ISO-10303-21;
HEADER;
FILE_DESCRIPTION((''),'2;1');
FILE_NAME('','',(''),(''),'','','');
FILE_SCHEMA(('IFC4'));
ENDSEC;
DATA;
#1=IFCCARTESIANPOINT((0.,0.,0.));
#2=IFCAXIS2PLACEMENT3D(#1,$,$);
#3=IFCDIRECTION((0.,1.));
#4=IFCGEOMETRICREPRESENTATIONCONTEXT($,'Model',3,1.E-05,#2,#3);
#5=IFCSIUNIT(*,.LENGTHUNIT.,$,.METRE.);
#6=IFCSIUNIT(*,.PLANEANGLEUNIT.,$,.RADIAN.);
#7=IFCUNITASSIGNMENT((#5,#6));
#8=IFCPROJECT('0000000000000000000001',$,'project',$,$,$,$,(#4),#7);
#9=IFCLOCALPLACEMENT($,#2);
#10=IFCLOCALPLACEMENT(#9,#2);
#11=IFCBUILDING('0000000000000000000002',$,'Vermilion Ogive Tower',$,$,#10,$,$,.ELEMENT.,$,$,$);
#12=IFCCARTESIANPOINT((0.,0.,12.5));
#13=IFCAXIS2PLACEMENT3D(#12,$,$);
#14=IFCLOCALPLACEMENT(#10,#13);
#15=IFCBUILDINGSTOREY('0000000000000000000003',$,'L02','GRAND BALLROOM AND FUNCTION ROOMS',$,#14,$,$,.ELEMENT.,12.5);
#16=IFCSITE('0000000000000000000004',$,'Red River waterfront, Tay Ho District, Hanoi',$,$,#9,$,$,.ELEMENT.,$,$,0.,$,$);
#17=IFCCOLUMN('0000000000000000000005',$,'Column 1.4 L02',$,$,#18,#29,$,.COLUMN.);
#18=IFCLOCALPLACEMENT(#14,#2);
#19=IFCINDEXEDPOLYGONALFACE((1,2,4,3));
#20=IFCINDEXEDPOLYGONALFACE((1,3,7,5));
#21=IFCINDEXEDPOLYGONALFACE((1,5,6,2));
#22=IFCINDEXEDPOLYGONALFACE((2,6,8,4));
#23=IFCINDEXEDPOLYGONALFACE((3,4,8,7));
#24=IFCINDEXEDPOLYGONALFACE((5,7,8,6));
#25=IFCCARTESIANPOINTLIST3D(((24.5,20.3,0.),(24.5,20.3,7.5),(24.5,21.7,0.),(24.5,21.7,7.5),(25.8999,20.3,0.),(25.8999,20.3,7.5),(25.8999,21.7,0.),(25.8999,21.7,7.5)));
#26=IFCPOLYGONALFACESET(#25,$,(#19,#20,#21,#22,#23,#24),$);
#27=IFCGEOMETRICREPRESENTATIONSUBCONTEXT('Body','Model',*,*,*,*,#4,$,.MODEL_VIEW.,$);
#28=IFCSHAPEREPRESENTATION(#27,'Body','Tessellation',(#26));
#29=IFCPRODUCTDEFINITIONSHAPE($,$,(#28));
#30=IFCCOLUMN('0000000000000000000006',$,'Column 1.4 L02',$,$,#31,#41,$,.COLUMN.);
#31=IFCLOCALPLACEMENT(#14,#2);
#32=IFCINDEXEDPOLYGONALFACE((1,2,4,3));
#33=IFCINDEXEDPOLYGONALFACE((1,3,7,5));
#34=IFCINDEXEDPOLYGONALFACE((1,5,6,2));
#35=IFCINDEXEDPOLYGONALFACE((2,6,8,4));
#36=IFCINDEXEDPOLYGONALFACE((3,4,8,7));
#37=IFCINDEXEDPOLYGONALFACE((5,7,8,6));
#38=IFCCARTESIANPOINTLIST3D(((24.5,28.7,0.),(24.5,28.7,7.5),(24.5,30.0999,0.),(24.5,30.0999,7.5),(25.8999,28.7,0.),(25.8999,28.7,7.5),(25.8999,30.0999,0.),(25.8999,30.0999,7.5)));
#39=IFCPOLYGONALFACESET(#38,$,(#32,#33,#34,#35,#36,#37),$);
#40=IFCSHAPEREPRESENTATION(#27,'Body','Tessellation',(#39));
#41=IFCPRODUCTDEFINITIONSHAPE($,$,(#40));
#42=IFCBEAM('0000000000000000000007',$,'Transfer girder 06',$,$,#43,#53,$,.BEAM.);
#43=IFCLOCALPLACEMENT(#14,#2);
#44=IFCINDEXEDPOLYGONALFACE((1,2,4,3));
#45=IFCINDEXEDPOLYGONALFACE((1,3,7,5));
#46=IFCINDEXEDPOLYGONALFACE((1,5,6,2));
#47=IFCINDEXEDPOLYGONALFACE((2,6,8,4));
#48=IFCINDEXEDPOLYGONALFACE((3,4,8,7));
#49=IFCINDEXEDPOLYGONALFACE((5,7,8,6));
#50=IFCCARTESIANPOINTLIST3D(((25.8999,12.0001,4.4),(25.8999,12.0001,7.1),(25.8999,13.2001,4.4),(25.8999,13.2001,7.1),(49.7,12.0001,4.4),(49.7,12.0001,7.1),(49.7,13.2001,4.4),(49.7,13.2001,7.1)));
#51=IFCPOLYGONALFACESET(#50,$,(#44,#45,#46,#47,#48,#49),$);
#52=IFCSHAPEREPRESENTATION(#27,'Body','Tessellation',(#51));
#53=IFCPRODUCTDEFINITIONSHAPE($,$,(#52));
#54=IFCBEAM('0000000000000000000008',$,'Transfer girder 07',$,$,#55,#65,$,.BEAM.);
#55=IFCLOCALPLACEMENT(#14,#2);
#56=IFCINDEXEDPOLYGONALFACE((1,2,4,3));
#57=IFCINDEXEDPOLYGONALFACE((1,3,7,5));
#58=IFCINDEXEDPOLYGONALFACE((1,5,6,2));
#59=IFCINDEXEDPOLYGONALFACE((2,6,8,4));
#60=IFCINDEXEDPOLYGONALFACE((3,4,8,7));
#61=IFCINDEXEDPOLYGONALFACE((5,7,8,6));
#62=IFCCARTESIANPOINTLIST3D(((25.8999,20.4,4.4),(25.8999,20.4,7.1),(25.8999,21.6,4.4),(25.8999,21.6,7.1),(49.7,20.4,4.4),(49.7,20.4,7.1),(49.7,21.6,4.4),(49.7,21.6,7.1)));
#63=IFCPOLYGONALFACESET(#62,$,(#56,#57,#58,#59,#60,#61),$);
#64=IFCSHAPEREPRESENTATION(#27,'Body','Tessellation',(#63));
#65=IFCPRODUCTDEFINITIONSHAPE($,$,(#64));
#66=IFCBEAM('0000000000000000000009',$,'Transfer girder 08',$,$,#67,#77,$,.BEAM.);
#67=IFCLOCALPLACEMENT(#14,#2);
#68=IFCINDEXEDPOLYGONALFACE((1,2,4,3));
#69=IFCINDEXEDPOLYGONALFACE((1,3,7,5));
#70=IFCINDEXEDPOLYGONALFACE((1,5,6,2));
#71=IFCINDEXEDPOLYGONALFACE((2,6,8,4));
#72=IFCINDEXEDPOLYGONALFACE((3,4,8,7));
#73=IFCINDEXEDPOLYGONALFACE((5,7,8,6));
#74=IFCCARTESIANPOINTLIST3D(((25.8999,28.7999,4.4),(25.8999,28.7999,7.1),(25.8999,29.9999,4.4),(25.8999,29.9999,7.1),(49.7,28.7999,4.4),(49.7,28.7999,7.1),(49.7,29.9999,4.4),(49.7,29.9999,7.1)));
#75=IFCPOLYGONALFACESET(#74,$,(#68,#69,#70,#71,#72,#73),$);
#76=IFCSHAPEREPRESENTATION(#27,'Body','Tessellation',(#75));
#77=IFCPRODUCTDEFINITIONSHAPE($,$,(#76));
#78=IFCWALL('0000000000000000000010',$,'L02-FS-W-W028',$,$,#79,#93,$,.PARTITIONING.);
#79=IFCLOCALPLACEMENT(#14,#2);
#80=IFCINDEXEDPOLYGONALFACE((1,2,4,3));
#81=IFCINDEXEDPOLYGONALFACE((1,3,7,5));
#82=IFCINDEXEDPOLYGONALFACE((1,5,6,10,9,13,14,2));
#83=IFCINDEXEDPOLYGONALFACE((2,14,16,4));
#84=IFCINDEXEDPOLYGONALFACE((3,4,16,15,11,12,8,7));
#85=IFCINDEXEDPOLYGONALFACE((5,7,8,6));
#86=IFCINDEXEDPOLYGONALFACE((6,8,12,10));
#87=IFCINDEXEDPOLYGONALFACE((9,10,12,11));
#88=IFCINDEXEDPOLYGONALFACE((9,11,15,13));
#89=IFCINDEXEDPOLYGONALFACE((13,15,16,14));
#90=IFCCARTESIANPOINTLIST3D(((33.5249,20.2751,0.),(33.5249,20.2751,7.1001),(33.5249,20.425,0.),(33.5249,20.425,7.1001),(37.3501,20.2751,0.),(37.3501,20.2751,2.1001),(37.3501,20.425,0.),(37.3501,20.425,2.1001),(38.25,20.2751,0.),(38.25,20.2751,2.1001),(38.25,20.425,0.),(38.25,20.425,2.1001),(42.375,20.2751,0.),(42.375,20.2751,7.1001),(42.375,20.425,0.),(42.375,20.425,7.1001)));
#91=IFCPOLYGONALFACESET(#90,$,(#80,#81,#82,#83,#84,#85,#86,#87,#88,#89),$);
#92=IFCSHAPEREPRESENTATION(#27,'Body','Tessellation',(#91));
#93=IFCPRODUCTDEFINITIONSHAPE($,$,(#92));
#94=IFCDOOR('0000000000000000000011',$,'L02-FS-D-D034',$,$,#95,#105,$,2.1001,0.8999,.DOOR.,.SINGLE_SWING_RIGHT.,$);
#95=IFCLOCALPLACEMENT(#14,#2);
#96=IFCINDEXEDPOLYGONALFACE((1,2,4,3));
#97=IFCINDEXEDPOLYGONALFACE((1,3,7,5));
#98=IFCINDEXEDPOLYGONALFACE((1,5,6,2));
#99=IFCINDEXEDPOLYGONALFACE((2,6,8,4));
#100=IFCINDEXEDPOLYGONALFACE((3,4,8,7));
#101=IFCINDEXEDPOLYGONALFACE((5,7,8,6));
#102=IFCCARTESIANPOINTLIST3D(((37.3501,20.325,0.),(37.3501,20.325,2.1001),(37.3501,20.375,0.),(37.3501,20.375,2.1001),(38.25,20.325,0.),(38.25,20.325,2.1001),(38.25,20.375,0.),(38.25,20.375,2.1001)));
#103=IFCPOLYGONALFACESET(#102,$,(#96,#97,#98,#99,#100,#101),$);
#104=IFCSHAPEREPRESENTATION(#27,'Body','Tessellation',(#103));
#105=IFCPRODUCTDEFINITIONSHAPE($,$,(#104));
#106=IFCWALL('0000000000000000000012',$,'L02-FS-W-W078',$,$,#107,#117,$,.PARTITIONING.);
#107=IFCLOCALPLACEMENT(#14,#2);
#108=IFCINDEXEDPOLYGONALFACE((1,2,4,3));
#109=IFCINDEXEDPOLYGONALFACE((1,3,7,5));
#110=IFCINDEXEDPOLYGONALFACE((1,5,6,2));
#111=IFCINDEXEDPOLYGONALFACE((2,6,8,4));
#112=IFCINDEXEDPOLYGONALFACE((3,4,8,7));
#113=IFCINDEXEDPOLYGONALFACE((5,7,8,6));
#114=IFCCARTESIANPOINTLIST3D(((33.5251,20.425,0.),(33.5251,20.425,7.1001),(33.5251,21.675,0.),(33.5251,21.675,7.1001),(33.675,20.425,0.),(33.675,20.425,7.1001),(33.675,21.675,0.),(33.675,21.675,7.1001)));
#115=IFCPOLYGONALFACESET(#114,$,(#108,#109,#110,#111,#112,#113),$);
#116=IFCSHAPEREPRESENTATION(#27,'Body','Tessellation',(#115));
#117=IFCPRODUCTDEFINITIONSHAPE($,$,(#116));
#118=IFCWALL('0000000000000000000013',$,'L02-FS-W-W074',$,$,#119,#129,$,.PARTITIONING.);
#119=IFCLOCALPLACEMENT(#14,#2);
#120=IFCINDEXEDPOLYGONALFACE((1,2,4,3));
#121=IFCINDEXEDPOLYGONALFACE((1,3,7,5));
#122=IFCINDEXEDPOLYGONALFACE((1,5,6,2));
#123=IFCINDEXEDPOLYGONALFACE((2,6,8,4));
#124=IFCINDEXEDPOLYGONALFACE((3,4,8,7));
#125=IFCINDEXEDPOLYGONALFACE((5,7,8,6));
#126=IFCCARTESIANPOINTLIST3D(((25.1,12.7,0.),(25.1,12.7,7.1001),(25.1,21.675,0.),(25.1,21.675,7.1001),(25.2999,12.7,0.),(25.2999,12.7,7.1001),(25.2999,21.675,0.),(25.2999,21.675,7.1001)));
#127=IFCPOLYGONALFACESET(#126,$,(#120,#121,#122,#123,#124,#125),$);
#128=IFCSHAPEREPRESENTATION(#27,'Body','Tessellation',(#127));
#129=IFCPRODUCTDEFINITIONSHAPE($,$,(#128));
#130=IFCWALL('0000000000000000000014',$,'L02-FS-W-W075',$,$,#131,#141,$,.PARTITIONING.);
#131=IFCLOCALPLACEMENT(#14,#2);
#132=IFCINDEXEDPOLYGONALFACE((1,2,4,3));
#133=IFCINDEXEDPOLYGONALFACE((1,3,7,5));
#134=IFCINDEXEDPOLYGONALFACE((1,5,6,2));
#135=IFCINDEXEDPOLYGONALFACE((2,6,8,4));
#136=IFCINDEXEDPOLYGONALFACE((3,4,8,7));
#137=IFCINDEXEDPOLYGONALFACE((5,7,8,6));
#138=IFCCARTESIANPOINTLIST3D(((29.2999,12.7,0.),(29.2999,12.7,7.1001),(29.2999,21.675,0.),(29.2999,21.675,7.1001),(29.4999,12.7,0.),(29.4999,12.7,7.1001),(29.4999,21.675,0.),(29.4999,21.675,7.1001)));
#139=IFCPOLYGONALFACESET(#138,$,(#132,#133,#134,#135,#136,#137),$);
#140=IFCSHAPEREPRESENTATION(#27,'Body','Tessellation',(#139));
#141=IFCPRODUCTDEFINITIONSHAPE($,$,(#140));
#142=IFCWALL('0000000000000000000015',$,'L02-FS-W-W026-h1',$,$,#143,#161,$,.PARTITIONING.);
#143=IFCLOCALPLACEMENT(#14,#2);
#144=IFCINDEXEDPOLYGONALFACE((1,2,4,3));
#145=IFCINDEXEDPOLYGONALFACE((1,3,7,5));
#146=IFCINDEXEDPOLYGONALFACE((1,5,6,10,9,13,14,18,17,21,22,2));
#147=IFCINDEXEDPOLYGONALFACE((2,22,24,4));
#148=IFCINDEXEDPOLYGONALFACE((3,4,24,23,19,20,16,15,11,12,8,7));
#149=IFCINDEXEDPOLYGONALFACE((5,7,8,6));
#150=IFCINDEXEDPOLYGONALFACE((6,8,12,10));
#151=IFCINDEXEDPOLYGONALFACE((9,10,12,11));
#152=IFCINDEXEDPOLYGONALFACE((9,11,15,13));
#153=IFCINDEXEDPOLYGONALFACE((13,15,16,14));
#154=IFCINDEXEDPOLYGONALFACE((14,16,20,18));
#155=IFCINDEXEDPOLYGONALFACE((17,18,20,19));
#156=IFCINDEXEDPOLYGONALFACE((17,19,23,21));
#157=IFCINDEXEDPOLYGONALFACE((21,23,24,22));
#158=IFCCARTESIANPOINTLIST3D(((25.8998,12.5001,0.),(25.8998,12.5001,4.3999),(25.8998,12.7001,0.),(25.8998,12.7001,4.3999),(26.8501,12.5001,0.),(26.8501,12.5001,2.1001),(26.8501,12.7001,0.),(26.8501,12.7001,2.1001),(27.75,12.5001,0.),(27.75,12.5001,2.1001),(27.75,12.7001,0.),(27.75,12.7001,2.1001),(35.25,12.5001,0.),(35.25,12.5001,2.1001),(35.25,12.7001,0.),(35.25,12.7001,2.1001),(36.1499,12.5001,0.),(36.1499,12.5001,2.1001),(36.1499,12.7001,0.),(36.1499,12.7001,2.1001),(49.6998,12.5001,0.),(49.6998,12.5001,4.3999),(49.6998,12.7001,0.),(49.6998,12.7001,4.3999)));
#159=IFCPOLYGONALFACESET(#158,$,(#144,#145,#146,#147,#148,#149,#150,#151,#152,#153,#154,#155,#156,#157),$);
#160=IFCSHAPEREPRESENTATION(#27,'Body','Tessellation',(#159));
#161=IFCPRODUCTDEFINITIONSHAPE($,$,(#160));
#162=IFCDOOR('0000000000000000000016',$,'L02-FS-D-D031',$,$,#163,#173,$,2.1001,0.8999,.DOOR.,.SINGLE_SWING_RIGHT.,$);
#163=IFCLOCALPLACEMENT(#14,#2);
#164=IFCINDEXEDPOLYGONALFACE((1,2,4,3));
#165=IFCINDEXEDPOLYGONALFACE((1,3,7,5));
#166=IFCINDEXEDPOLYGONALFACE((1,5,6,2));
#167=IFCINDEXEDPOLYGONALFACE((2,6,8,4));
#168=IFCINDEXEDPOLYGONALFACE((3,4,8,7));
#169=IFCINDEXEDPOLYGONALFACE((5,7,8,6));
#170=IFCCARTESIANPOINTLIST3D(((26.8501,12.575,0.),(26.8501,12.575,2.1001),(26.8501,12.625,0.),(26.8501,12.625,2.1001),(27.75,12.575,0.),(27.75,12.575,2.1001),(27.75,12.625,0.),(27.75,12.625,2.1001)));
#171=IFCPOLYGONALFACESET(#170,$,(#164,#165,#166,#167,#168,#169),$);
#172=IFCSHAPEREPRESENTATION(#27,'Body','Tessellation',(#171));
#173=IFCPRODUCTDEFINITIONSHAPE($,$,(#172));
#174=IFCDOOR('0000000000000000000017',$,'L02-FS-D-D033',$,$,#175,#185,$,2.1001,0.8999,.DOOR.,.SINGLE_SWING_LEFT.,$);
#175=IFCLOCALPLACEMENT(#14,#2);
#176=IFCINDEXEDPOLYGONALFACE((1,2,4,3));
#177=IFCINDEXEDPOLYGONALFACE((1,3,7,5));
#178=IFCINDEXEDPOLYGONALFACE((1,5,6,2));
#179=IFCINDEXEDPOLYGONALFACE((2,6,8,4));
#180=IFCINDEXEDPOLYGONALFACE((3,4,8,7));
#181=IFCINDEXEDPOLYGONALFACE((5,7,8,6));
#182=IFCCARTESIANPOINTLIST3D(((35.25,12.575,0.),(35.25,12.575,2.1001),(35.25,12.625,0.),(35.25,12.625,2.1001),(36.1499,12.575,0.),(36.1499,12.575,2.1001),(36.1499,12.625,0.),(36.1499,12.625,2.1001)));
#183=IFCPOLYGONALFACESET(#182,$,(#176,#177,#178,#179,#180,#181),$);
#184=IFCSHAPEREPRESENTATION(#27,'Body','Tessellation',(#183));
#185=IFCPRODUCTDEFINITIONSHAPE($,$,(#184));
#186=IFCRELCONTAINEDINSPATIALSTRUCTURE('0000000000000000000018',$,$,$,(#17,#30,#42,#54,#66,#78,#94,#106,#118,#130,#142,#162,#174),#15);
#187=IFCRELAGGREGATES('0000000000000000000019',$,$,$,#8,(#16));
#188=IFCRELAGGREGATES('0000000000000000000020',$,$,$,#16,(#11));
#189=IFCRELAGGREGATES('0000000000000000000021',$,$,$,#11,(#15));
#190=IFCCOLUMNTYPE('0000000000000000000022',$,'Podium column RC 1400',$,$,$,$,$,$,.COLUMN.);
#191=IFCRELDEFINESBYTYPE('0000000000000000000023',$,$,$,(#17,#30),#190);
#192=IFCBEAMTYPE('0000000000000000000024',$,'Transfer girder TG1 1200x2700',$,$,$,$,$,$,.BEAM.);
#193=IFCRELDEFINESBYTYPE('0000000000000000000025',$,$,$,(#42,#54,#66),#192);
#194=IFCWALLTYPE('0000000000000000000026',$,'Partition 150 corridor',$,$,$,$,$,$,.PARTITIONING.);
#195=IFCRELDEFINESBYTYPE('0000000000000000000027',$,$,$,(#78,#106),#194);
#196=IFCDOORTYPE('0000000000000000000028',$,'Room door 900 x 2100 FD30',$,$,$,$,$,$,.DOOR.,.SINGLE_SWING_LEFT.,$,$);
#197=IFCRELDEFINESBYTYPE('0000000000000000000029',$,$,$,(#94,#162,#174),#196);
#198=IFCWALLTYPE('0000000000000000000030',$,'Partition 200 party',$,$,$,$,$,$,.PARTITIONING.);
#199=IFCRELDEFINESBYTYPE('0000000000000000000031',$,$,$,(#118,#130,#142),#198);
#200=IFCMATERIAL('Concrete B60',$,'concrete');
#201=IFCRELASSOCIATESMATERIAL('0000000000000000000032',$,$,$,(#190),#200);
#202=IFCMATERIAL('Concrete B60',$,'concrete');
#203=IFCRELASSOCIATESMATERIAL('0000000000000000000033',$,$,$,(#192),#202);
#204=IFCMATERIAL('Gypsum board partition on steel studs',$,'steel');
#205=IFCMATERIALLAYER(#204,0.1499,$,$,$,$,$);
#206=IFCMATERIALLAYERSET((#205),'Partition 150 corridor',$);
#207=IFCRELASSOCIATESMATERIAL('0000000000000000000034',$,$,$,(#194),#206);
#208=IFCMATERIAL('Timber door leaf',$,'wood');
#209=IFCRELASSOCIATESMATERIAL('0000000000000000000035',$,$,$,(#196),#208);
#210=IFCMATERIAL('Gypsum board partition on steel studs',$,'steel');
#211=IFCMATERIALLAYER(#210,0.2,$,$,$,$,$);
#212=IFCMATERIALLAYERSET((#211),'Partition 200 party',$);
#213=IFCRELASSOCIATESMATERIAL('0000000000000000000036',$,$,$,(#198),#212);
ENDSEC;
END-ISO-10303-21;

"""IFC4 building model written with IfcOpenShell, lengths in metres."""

from ifc_helpers import new_model, si_unit, direction, frame, frame_2d, origin, origin_2d, place, context, subcontext, project, spatial, rectangle, extrude, material, layer, layer_set, material_profile, profile_set, type_object, element, fill, save


model = new_model("IFC4")

# Units and contexts
model_context = context("Model", 3, precision=1e-05, world=origin(), true_north=direction((0.0, 1.0)))
body_context = subcontext(model_context, "Body", "Model", "MODEL_VIEW")
ifc_project = project(units=[si_unit("LENGTHUNIT", "METRE"), si_unit("PLANEANGLEUNIT", "RADIAN")], contexts=[model_context])

# Site, building, storey
site_placement = place(None, origin())
site = spatial("IfcSite", under=ifc_project, at=site_placement, Name="Red River waterfront, Tay Ho District, Hanoi", CompositionType="ELEMENT", RefElevation=0.0)
building_placement = place(site_placement, origin())
building = spatial("IfcBuilding", under=site, at=building_placement, Name="Vermilion Ogive Tower", CompositionType="ELEMENT")
storey_placement = place(building_placement, frame((0.0, 0.0, 12.5)))
storey = spatial("IfcBuildingStorey", under=building, at=storey_placement, Name="L02", Description="GRAND BALLROOM AND FUNCTION ROOMS", CompositionType="ELEMENT", Elevation=12.5)

# Columns
ifc_material_1 = material(Name="Concrete B60", Category="concrete")
ifc_material_profile_1 = material_profile(ifc_material_1, rectangle(XDim=1.3999, YDim=1.3999, at=origin_2d()), Name="RC 1400x1400")
ifc_profile_set_1 = profile_set([ifc_material_profile_1], Name="Concrete B60")
column_type = type_object("IfcColumnType", Name="Podium column RC 1400", PredefinedType="COLUMN", material=ifc_profile_set_1)
for number, where, z_axis, x_axis, name in (
    (1, (25.2, 21.0, 0.0), (0.0, 0.0, 1.0), (1.0, 0.0, 0.0), "Column 1.4 L02"),
    (2, (25.2, 29.3999, 0.0), (0.0, 0.0, 1.0), (1.0, 0.0, 0.0), "Column 1.4 L02"),
):
    element("IfcColumn", number, at=place(storey_placement, frame(where, z_axis=z_axis, x_axis=x_axis)), inside=storey, type_object=column_type, Name=name, PredefinedType="COLUMN", context=body_context, shape_type="SweptSolid", body=[
        extrude(rectangle(XDim=1.3999, YDim=1.3999, at=origin_2d()), origin(), (0.0, 0.0, 1.0), 7.5),
    ])

# Beams
ifc_material_2 = material(Name="Concrete B60", Category="concrete")
ifc_material_profile_2 = material_profile(ifc_material_2, rectangle(XDim=1.2, YDim=2.7, at=origin_2d()), Name="RC 1200x2700")
ifc_profile_set_2 = profile_set([ifc_material_profile_2], Name="Concrete B60")
beam_type = type_object("IfcBeamType", Name="Transfer girder TG1 1200x2700", PredefinedType="BEAM", material=ifc_profile_set_2)
for number, where, z_axis, x_axis, name in (
    (3, (25.8999, 12.6001, 5.75), (1.0, 0.0, 0.0), (0.0, 1.0, 0.0), "Transfer girder 06"),
    (4, (25.8999, 21.0, 5.75), (1.0, 0.0, 0.0), (0.0, 1.0, 0.0), "Transfer girder 07"),
    (5, (25.8999, 29.3999, 5.75), (1.0, 0.0, 0.0), (0.0, 1.0, 0.0), "Transfer girder 08"),
):
    element("IfcBeam", number, at=place(storey_placement, frame(where, z_axis=z_axis, x_axis=x_axis)), inside=storey, type_object=beam_type, Name=name, PredefinedType="BEAM", context=body_context, shape_type="SweptSolid", body=[
        extrude(rectangle(XDim=1.2, YDim=2.7, at=origin_2d()), origin(), (0.0, 0.0, 1.0), 23.8),
    ])

# Wall, opening, door
ifc_material_3 = material(Name="Gypsum board partition on steel studs", Category="steel")
ifc_layer_1 = layer(ifc_material_3, 0.1499)
ifc_layer_set_1 = layer_set([ifc_layer_1], Name="Partition 150 corridor")
wall_type_1 = type_object("IfcWallType", Name="Partition 150 corridor", PredefinedType="PARTITIONING", material=ifc_layer_set_1)
wall_1_placement = place(storey_placement, frame((33.5249, 20.3501, 0.0), z_axis=(0.0, 0.0, 1.0), x_axis=(1.0, 0.0, 0.0)))
wall_1 = element("IfcWall", 6, at=wall_1_placement, inside=storey, type_object=wall_type_1, Name="L02-FS-W-W028", PredefinedType="PARTITIONING", context=body_context, shape_type="SweptSolid", body=[
    extrude(rectangle(XDim=8.8501, YDim=0.1499, at=frame_2d((4.425, 0.0))), origin(), (0.0, 0.0, 1.0), 7.1001),
])
opening_1_placement = place(wall_1_placement, frame((3.8252, 0.0, 0.0)))
opening_1 = element("IfcOpeningElement", 7, at=opening_1_placement, cuts=wall_1, PredefinedType="OPENING", context=body_context, shape_type="SweptSolid", body=[
    extrude(rectangle(XDim=0.8999, YDim=2.1001, at=frame_2d((0.45, 1.05))), frame((0.0, 0.085, 0.0), z_axis=(0.0, -1.0, 0.0), x_axis=(1.0, 0.0, 0.0)), (0.0, 0.0, 1.0), 0.1699),
])
ifc_material_4 = material(Name="Timber door leaf", Category="wood")
door_type_1 = type_object("IfcDoorType", Name="Room door 900 x 2100 FD30", OperationType="SINGLE_SWING_LEFT", PredefinedType="DOOR", material=ifc_material_4)
door_1_placement = place(opening_1_placement, origin())
door_1 = element("IfcDoor", 8, at=door_1_placement, inside=storey, type_object=door_type_1, Name="L02-FS-D-D034", OperationType="SINGLE_SWING_RIGHT", OverallHeight=2.1001, OverallWidth=0.8999, PredefinedType="DOOR", context=body_context, shape_type="SweptSolid", body=[
    extrude(rectangle(XDim=0.8999, YDim=2.1001, at=frame_2d((0.45, 1.05))), frame((0.0, 0.0249, 0.0), z_axis=(0.0, -1.0, 0.0), x_axis=(1.0, 0.0, 0.0)), (0.0, 0.0, 1.0), 0.05),
])
fill(opening_1, door_1)

# Walls
wall_2_placement = place(storey_placement, frame((33.6001, 20.425, 0.0), z_axis=(0.0, 0.0, 1.0), x_axis=(0.0, 1.0, 0.0)))
element("IfcWall", 9, at=wall_2_placement, inside=storey, type_object=wall_type_1, Name="L02-FS-W-W078", PredefinedType="PARTITIONING", context=body_context, shape_type="SweptSolid", body=[
    extrude(rectangle(XDim=1.25, YDim=0.1499, at=frame_2d((0.625, 0.0))), origin(), (0.0, 0.0, 1.0), 7.1001),
])
ifc_material_5 = material(Name="Gypsum board partition on steel studs", Category="steel")
ifc_layer_2 = layer(ifc_material_5, 0.2)
ifc_layer_set_2 = layer_set([ifc_layer_2], Name="Partition 200 party")
wall_type_2 = type_object("IfcWallType", Name="Partition 200 party", PredefinedType="PARTITIONING", material=ifc_layer_set_2)
for number, where, z_axis, x_axis, name in (
    (10, (25.2, 12.7, 0.0), (0.0, 0.0, 1.0), (0.0, 1.0, 0.0), "L02-FS-W-W074"),
    (11, (29.3999, 12.7, 0.0), (0.0, 0.0, 1.0), (0.0, 1.0, 0.0), "L02-FS-W-W075"),
):
    element("IfcWall", number, at=place(storey_placement, frame(where, z_axis=z_axis, x_axis=x_axis)), inside=storey, type_object=wall_type_2, Name=name, PredefinedType="PARTITIONING", context=body_context, shape_type="SweptSolid", body=[
        extrude(rectangle(XDim=8.9751, YDim=0.2, at=frame_2d((4.4875, 0.0))), origin(), (0.0, 0.0, 1.0), 7.1001),
    ])

# Wall, openings, doors
wall_3_placement = place(storey_placement, frame((25.8999, 12.6001, 0.0), z_axis=(0.0, 0.0, 1.0), x_axis=(1.0, 0.0, 0.0)))
wall_3 = element("IfcWall", 12, at=wall_3_placement, inside=storey, type_object=wall_type_2, Name="L02-FS-W-W026-h1", PredefinedType="PARTITIONING", context=body_context, shape_type="SweptSolid", body=[
    extrude(rectangle(XDim=23.8, YDim=0.2, at=frame_2d((11.8999, 0.0))), origin(), (0.0, 0.0, 1.0), 4.3999),
])
opening_2_placement = place(wall_3_placement, frame((0.9502, 0.0, 0.0)))
opening_2 = element("IfcOpeningElement", 13, at=opening_2_placement, cuts=wall_3, PredefinedType="OPENING", context=body_context, shape_type="SweptSolid", body=[
    extrude(rectangle(XDim=0.8999, YDim=2.1001, at=frame_2d((0.45, 1.05))), frame((0.0, 0.1099, 0.0), z_axis=(0.0, -1.0, 0.0), x_axis=(1.0, 0.0, 0.0)), (0.0, 0.0, 1.0), 0.22),
])
opening_3_placement = place(wall_3_placement, frame((9.3501, 0.0, 0.0)))
opening_3 = element("IfcOpeningElement", 14, at=opening_3_placement, cuts=wall_3, PredefinedType="OPENING", context=body_context, shape_type="SweptSolid", body=[
    extrude(rectangle(XDim=0.8999, YDim=2.1001, at=frame_2d((0.45, 1.05))), frame((0.0, 0.1099, 0.0), z_axis=(0.0, -1.0, 0.0), x_axis=(1.0, 0.0, 0.0)), (0.0, 0.0, 1.0), 0.22),
])
door_2_placement = place(opening_2_placement, origin())
door_2 = element("IfcDoor", 15, at=door_2_placement, inside=storey, type_object=door_type_1, Name="L02-FS-D-D031", OperationType="SINGLE_SWING_RIGHT", OverallHeight=2.1001, OverallWidth=0.8999, PredefinedType="DOOR", context=body_context, shape_type="SweptSolid", body=[
    extrude(rectangle(XDim=0.8999, YDim=2.1001, at=frame_2d((0.45, 1.05))), frame((0.0, 0.0249, 0.0), z_axis=(0.0, -1.0, 0.0), x_axis=(1.0, 0.0, 0.0)), (0.0, 0.0, 1.0), 0.05),
])
fill(opening_2, door_2)
door_3_placement = place(opening_3_placement, origin())
door_3 = element("IfcDoor", 16, at=door_3_placement, inside=storey, type_object=door_type_1, Name="L02-FS-D-D033", OperationType="SINGLE_SWING_LEFT", OverallHeight=2.1001, OverallWidth=0.8999, PredefinedType="DOOR", context=body_context, shape_type="SweptSolid", body=[
    extrude(rectangle(XDim=0.8999, YDim=2.1001, at=frame_2d((0.45, 1.05))), frame((0.0, 0.0249, 0.0), z_axis=(0.0, -1.0, 0.0), x_axis=(1.0, 0.0, 0.0)), (0.0, 0.0, 1.0), 0.05),
])
fill(opening_3, door_3)

save(model, "model.ifc")
